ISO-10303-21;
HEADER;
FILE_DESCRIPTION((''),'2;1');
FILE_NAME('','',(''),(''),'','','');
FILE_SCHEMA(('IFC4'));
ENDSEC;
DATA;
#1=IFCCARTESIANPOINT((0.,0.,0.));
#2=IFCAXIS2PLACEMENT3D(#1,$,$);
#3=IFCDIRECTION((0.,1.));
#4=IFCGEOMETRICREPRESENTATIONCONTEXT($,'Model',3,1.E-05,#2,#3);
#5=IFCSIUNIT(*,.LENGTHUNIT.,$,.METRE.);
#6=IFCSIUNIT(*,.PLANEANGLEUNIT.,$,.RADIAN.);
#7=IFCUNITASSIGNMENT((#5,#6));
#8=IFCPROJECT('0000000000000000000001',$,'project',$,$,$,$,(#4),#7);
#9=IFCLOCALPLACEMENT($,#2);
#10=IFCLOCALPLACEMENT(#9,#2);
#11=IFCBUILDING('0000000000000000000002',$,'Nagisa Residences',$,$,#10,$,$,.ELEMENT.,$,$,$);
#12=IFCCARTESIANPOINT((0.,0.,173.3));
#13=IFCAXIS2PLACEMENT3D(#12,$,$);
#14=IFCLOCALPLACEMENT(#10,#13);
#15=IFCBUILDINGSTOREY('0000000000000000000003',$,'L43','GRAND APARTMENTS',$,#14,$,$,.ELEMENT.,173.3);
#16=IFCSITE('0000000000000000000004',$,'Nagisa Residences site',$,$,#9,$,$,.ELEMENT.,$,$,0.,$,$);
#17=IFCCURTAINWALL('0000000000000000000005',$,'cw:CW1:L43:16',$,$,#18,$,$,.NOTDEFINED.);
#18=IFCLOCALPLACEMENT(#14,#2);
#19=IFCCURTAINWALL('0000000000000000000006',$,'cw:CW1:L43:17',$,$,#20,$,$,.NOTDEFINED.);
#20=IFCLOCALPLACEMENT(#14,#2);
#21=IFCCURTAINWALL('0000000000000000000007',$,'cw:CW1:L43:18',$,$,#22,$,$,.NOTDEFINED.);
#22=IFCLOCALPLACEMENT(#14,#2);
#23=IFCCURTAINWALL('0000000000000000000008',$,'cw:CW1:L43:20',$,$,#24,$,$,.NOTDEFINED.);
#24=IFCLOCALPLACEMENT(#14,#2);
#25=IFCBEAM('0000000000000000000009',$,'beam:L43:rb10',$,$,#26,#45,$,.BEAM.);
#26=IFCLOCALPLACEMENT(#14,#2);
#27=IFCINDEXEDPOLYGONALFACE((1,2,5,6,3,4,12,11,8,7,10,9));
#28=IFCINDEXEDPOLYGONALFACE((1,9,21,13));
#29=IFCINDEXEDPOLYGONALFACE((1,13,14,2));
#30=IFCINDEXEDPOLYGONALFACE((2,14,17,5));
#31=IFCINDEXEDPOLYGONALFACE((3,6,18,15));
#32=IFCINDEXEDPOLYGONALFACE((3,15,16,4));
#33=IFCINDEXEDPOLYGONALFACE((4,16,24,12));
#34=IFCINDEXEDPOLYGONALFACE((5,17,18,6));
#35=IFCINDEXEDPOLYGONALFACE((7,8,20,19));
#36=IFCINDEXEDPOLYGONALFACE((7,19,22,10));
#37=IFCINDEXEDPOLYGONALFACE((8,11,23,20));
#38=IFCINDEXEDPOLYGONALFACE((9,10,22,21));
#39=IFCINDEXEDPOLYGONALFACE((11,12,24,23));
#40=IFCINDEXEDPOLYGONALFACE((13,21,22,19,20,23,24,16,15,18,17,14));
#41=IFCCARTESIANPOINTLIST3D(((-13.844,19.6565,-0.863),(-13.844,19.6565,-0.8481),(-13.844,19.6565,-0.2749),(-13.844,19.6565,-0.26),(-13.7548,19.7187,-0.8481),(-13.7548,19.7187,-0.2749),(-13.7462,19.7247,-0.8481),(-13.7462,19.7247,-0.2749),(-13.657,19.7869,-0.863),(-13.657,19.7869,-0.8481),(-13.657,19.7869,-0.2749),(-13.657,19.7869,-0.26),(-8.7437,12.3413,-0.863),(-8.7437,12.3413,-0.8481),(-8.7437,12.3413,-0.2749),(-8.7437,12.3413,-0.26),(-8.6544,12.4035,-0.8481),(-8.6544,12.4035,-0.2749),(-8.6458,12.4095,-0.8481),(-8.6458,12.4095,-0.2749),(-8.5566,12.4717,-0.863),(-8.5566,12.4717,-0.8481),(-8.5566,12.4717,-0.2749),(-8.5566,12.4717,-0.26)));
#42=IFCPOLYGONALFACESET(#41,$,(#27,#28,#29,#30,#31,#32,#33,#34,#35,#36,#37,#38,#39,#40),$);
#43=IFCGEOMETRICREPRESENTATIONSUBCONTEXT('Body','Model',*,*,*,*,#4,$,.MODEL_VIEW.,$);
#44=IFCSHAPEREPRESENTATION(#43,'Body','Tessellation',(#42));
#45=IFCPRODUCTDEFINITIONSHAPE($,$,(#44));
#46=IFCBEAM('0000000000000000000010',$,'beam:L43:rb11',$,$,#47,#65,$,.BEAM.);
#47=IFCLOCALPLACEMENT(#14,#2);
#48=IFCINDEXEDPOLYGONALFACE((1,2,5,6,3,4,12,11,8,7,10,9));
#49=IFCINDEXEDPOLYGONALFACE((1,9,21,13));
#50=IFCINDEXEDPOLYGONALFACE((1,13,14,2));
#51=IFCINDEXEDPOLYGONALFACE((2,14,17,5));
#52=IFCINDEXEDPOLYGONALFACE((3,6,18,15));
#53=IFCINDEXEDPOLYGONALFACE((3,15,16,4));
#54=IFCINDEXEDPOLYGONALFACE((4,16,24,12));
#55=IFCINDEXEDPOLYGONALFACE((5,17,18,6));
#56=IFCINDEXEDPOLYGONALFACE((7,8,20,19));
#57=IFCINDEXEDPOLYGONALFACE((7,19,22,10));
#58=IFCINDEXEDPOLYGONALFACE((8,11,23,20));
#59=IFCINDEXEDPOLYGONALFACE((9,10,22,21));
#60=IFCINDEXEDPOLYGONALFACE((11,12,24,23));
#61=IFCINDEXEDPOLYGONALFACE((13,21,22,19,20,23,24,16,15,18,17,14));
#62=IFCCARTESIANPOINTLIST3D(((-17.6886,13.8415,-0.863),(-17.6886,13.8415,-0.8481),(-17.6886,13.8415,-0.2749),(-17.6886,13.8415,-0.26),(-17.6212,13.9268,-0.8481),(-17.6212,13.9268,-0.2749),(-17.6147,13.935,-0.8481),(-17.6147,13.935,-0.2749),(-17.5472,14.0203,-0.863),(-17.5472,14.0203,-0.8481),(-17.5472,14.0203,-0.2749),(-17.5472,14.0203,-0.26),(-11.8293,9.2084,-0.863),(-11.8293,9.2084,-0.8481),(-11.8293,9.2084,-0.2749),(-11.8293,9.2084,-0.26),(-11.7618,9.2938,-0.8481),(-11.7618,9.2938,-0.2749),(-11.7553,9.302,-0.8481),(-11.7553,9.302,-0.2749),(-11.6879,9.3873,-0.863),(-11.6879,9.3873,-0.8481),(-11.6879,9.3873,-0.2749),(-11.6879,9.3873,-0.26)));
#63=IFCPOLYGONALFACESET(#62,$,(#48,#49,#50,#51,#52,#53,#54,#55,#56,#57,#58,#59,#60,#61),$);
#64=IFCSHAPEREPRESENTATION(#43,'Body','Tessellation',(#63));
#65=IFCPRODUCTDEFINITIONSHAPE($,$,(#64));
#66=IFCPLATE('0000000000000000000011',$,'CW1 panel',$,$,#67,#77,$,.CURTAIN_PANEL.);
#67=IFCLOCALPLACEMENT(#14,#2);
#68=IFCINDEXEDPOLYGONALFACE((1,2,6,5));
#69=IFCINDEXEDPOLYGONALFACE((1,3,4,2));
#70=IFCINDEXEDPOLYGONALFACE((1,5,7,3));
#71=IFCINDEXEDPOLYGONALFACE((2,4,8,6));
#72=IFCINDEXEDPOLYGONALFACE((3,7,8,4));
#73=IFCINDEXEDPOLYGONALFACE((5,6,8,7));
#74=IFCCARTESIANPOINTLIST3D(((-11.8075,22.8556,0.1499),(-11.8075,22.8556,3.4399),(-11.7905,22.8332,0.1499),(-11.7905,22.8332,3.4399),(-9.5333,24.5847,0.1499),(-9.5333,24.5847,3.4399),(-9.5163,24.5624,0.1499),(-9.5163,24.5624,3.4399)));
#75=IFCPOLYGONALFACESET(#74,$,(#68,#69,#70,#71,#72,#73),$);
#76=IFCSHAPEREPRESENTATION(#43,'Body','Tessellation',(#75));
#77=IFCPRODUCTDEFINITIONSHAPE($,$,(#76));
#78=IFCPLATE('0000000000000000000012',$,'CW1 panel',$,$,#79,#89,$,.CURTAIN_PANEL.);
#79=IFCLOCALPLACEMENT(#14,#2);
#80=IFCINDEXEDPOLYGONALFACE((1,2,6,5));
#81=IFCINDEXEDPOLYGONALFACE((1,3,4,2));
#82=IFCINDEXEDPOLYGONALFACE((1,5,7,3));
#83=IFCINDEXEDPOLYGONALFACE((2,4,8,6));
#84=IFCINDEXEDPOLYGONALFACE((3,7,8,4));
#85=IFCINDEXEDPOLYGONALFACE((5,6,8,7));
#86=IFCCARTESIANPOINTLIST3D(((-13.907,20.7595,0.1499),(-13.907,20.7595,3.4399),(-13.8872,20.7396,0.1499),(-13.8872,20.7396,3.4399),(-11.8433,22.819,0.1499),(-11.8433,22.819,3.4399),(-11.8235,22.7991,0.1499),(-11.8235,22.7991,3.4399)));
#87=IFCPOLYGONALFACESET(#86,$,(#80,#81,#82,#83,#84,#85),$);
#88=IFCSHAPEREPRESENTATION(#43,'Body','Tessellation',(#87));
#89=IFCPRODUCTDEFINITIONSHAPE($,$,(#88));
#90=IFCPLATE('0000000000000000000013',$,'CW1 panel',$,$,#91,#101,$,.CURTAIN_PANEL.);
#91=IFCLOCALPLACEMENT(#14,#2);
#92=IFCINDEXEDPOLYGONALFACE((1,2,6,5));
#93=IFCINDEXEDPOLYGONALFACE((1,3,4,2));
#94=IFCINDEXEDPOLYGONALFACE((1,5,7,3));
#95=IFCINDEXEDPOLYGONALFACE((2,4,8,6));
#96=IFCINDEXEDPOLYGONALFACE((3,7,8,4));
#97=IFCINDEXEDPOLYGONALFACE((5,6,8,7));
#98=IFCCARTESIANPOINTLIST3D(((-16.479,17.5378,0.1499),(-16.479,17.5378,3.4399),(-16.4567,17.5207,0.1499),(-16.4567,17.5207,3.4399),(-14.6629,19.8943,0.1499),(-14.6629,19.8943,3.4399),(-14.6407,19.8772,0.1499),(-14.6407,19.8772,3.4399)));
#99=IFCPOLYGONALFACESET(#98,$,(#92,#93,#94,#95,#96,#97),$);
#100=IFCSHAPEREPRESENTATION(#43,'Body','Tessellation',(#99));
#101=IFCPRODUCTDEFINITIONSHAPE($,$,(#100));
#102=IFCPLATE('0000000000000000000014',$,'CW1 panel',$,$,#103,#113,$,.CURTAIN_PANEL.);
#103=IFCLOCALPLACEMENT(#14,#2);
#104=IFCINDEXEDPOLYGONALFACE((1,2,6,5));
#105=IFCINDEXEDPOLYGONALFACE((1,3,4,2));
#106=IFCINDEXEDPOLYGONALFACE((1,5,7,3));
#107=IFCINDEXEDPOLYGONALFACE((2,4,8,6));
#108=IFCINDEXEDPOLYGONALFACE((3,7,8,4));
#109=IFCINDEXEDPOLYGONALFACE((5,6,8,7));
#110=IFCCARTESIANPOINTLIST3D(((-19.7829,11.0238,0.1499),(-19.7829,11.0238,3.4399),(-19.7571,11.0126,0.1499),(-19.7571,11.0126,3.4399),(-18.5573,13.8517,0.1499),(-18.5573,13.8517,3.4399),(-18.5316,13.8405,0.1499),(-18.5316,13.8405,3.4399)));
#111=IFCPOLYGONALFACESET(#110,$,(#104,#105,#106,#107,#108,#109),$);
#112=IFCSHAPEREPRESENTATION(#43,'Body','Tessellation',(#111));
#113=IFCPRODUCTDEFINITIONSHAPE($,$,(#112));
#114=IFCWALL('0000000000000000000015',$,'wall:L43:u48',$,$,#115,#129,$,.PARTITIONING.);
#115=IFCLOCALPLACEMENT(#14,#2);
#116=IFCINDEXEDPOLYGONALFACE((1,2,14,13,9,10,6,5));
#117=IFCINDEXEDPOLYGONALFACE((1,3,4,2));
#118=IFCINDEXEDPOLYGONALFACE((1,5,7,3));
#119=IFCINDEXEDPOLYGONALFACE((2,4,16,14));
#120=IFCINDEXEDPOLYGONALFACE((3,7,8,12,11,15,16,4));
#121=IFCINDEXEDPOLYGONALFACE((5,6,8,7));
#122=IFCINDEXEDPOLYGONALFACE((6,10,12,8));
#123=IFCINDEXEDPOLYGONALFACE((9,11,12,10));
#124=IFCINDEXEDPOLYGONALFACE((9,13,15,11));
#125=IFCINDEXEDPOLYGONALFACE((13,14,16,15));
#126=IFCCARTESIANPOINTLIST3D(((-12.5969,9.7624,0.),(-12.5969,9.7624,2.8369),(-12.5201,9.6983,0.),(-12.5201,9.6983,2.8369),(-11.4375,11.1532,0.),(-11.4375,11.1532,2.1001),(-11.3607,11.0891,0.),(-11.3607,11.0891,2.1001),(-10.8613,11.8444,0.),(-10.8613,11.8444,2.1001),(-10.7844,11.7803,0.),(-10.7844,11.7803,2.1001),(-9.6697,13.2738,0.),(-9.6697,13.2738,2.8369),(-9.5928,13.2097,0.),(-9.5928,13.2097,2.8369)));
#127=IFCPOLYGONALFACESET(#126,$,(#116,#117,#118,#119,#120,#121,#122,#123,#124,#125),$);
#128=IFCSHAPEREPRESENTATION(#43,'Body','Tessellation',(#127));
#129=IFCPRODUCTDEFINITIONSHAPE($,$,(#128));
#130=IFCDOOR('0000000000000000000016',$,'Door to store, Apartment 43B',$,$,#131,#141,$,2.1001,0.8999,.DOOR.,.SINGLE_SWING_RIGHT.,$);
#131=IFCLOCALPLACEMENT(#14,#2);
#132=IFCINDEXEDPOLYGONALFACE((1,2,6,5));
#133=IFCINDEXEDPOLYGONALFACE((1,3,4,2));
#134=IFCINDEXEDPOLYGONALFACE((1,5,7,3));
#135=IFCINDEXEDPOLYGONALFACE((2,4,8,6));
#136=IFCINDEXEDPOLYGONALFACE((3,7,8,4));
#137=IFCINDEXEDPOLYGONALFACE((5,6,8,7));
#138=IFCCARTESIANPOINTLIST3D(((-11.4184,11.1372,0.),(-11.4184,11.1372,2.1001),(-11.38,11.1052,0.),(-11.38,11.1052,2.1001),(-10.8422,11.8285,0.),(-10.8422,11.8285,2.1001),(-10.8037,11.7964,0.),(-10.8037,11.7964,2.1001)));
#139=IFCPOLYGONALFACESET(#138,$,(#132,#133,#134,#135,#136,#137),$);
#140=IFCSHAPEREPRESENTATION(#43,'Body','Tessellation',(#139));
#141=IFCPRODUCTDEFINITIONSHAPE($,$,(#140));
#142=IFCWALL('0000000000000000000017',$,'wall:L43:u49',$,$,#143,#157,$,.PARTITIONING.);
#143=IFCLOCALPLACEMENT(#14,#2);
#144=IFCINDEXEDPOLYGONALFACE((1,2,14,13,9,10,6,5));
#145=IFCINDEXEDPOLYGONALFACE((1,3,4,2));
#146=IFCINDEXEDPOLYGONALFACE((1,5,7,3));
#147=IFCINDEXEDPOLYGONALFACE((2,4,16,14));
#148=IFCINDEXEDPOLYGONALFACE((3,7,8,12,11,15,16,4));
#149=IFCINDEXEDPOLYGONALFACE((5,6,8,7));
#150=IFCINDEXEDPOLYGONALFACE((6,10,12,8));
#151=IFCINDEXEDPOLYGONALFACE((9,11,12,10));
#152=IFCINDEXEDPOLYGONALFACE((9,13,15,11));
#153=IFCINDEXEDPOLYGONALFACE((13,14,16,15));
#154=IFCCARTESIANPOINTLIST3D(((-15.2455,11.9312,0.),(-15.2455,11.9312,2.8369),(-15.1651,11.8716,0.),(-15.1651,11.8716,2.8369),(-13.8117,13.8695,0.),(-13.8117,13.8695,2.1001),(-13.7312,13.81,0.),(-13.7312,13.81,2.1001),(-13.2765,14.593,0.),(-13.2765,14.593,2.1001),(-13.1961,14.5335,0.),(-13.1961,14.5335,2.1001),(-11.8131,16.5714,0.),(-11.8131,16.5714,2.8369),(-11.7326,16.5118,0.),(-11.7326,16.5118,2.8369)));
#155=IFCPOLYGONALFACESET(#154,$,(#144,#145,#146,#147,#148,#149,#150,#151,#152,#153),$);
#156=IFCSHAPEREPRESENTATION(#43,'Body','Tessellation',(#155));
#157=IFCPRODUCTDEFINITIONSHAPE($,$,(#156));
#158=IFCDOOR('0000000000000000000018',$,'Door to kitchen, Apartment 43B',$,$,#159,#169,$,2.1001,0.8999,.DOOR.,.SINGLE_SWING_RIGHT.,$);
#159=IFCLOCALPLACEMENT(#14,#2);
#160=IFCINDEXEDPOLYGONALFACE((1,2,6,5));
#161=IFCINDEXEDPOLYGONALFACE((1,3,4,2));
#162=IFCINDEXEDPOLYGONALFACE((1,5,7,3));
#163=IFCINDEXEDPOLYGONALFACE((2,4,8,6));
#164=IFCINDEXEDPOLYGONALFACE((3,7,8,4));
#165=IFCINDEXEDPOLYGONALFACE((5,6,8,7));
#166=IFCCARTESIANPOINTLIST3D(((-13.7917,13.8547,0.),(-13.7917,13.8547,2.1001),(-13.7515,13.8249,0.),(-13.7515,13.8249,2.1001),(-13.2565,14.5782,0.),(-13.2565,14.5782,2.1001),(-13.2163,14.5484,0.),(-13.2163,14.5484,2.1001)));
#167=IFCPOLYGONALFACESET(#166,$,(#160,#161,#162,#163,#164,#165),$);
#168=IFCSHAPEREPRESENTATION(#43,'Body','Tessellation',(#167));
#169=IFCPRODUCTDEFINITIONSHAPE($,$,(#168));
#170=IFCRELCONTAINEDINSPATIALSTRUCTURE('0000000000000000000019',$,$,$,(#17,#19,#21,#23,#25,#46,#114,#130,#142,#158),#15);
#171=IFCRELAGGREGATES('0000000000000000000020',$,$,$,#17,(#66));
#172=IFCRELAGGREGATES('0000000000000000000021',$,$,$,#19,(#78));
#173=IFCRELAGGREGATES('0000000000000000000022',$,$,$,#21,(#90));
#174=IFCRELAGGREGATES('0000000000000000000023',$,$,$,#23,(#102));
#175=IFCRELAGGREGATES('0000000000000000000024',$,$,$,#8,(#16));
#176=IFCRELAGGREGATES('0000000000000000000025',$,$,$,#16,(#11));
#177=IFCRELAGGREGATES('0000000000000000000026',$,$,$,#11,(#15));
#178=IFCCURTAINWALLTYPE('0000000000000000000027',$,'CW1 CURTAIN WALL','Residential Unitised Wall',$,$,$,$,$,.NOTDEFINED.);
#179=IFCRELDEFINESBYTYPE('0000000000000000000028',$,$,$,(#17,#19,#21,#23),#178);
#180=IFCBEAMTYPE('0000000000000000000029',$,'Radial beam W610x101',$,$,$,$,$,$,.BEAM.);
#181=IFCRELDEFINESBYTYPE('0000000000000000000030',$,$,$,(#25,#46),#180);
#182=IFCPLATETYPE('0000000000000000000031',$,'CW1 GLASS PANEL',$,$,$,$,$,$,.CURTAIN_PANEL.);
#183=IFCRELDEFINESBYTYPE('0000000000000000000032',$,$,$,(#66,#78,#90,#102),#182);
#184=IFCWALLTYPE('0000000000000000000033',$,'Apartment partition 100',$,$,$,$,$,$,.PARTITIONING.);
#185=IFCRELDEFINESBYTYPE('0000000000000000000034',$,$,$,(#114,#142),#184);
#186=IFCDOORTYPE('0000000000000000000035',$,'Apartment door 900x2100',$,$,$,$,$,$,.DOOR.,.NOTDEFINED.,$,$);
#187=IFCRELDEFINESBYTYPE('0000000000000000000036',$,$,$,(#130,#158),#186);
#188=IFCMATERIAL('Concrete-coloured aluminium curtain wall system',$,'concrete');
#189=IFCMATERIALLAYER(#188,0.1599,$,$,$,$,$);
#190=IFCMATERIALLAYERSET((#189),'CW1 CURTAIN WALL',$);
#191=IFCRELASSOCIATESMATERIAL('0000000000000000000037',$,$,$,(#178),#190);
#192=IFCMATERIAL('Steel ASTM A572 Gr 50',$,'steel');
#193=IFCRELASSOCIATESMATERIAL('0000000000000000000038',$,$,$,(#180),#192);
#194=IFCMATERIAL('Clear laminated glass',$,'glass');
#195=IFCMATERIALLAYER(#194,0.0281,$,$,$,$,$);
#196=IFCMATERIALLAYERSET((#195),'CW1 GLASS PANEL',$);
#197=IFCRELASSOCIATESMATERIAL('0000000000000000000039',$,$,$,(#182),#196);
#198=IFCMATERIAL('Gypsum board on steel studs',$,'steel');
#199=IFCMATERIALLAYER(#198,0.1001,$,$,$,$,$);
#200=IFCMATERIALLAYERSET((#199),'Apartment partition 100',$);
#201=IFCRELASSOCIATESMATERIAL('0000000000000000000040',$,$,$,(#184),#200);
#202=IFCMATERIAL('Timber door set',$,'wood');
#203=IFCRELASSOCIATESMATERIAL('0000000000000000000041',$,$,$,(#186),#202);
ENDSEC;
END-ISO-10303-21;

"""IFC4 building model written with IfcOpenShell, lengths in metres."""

from ifc_helpers import new_model, si_unit, direction, frame, frame_2d, origin, origin_2d, place, context, subcontext, project, spatial, rectangle, i_section, extrude, material, layer, layer_set, material_profile, profile_set, type_object, element, fill, aggregate, save


model = new_model("IFC4")

# Units and contexts
model_context = context("Model", 3, precision=1e-05, world=origin(), true_north=direction((0.0, 1.0)))
body_context = subcontext(model_context, "Body", "Model", "MODEL_VIEW")
ifc_project = project(units=[si_unit("LENGTHUNIT", "METRE"), si_unit("PLANEANGLEUNIT", "RADIAN")], contexts=[model_context])

# Site, building, storey
site_placement = place(None, origin())
site = spatial("IfcSite", under=ifc_project, at=site_placement, Name="Nagisa Residences site", CompositionType="ELEMENT", RefElevation=0.0)
building_placement = place(site_placement, origin())
building = spatial("IfcBuilding", under=site, at=building_placement, Name="Nagisa Residences", CompositionType="ELEMENT")
storey_placement = place(building_placement, frame((0.0, 0.0, 173.3)))
storey = spatial("IfcBuildingStorey", under=building, at=storey_placement, Name="L43", Description="GRAND APARTMENTS", CompositionType="ELEMENT", Elevation=173.3)

# Curtain walls
ifc_material_1 = material(Name="Concrete-coloured aluminium curtain wall system", Category="concrete")
ifc_layer_1 = layer(ifc_material_1, 0.1599)
ifc_layer_set_1 = layer_set([ifc_layer_1], Name="CW1 CURTAIN WALL")
curtain_wall_type = type_object("IfcCurtainWallType", Name="CW1 CURTAIN WALL", Description="Residential Unitised Wall", PredefinedType="NOTDEFINED", material=ifc_layer_set_1)
curtain_wall_1_placement = place(storey_placement, origin())
curtain_wall_1 = element("IfcCurtainWall", 1, at=curtain_wall_1_placement, inside=storey, type_object=curtain_wall_type, Name="cw:CW1:L43:16", PredefinedType="NOTDEFINED")
curtain_wall_2_placement = place(storey_placement, origin())
curtain_wall_2 = element("IfcCurtainWall", 2, at=curtain_wall_2_placement, inside=storey, type_object=curtain_wall_type, Name="cw:CW1:L43:17", PredefinedType="NOTDEFINED")
curtain_wall_3_placement = place(storey_placement, origin())
curtain_wall_3 = element("IfcCurtainWall", 3, at=curtain_wall_3_placement, inside=storey, type_object=curtain_wall_type, Name="cw:CW1:L43:18", PredefinedType="NOTDEFINED")
curtain_wall_4_placement = place(storey_placement, origin())
curtain_wall_4 = element("IfcCurtainWall", 4, at=curtain_wall_4_placement, inside=storey, type_object=curtain_wall_type, Name="cw:CW1:L43:20", PredefinedType="NOTDEFINED")

# Beams
ifc_material_2 = material(Name="Steel ASTM A572 Gr 50", Category="steel")
ifc_material_profile_1 = material_profile(ifc_material_2, i_section(OverallWidth=0.228, OverallDepth=0.603, WebThickness=0.0105, FlangeThickness=0.0149, at=origin_2d()), Name="W610x101")
ifc_profile_set_1 = profile_set([ifc_material_profile_1], Name="Steel ASTM A572 Gr 50")
beam_type_1 = type_object("IfcBeamType", Name="Radial beam W610x101", PredefinedType="BEAM", material=ifc_profile_set_1)
beam_1_placement = place(storey_placement, frame((-13.7505, 19.7217, -0.5615), z_axis=(0.571934, -0.820299, 0.0), x_axis=(0.820299, 0.571934, 0.0)))
element("IfcBeam", 5, at=beam_1_placement, inside=storey, type_object=beam_type_1, Name="beam:L43:rb10", PredefinedType="BEAM", context=body_context, shape_type="SweptSolid", body=[
    extrude(i_section(OverallWidth=0.228, OverallDepth=0.603, WebThickness=0.0105, FlangeThickness=0.0149, at=origin_2d()), origin(), (0.0, 0.0, 1.0), 8.9177),
])
beam_2_placement = place(storey_placement, frame((-17.6179, 13.9309, -0.5615), z_axis=(0.784412, -0.620241, 0.0), x_axis=(0.620241, 0.784412, 0.0)))
element("IfcBeam", 6, at=beam_2_placement, inside=storey, type_object=beam_type_1, Name="beam:L43:rb11", PredefinedType="BEAM", context=body_context, shape_type="SweptSolid", body=[
    extrude(i_section(OverallWidth=0.228, OverallDepth=0.603, WebThickness=0.0105, FlangeThickness=0.0149, at=origin_2d()), origin(), (0.0, 0.0, 1.0), 7.4697),
])

# Plates
ifc_material_3 = material(Name="Clear laminated glass", Category="glass")
ifc_layer_2 = layer(ifc_material_3, 0.0281)
ifc_layer_set_2 = layer_set([ifc_layer_2], Name="CW1 GLASS PANEL")
plate_type = type_object("IfcPlateType", Name="CW1 GLASS PANEL", PredefinedType="CURTAIN_PANEL", material=ifc_layer_set_2)
plate_1_placement = place(storey_placement, frame((-10.6619, 23.709, 0.1499), z_axis=(0.0, 0.0, 1.0), x_axis=(-0.796031, -0.605255, 0.0)))
plate_1 = element("IfcPlate", 7, at=plate_1_placement, type_object=plate_type, Name="CW1 panel", PredefinedType="CURTAIN_PANEL", context=body_context, shape_type="SweptSolid", body=[
    extrude(rectangle(XDim=2.8569, YDim=0.0281, at=origin_2d()), origin(), (0.0, 0.0, 1.0), 3.29),
])
aggregate(curtain_wall_1, [plate_1])
plate_2_placement = place(storey_placement, frame((-12.8652, 21.7793, 0.1499), z_axis=(0.0, 0.0, 1.0), x_axis=(-0.707836, -0.706377, 0.0)))
plate_2 = element("IfcPlate", 8, at=plate_2_placement, type_object=plate_type, Name="CW1 panel", PredefinedType="CURTAIN_PANEL", context=body_context, shape_type="SweptSolid", body=[
    extrude(rectangle(XDim=2.9155, YDim=0.0281, at=origin_2d()), origin(), (0.0, 0.0, 1.0), 3.29),
])
aggregate(curtain_wall_2, [plate_2])
plate_3_placement = place(storey_placement, frame((-15.5598, 18.7075, 0.1499), z_axis=(0.0, 0.0, 1.0), x_axis=(-0.61043, -0.79207, 0.0)))
plate_3 = element("IfcPlate", 9, at=plate_3_placement, type_object=plate_type, Name="CW1 panel", PredefinedType="CURTAIN_PANEL", context=body_context, shape_type="SweptSolid", body=[
    extrude(rectangle(XDim=2.9751, YDim=0.0281, at=origin_2d()), origin(), (0.0, 0.0, 1.0), 3.29),
])
aggregate(curtain_wall_3, [plate_3])
plate_4_placement = place(storey_placement, frame((-19.1572, 12.4321, 0.1499), z_axis=(0.0, 0.0, 1.0), x_axis=(-0.397636, -0.917543, 0.0)))
plate_4 = element("IfcPlate", 10, at=plate_4_placement, type_object=plate_type, Name="CW1 panel", PredefinedType="CURTAIN_PANEL", context=body_context, shape_type="SweptSolid", body=[
    extrude(rectangle(XDim=3.082, YDim=0.0281, at=origin_2d()), origin(), (0.0, 0.0, 1.0), 3.29),
])
aggregate(curtain_wall_4, [plate_4])

# Walls, openings, doors
ifc_material_4 = material(Name="Gypsum board on steel studs", Category="steel")
ifc_layer_3 = layer(ifc_material_4, 0.1001)
ifc_layer_set_3 = layer_set([ifc_layer_3], Name="Apartment partition 100")
wall_type_1 = type_object("IfcWallType", Name="Apartment partition 100", PredefinedType="PARTITIONING", material=ifc_layer_set_3)
wall_1_placement = place(storey_placement, frame((-9.6313, 13.2417, 0.0), z_axis=(0.0, 0.0, 1.0), x_axis=(-0.640316, -0.768112, 0.0)))
wall_1 = element("IfcWall", 11, at=wall_1_placement, inside=storey, type_object=wall_type_1, Name="wall:L43:u48", PredefinedType="PARTITIONING", context=body_context, shape_type="SweptSolid", body=[
    extrude(rectangle(XDim=4.5715, YDim=0.1001, at=frame_2d((2.2856, 0.0))), origin(), (0.0, 0.0, 1.0), 2.8369),
])
opening_1_placement = place(wall_1_placement, frame((1.8608, 0.0, 0.0)))
opening_1 = element("IfcOpeningElement", 12, at=opening_1_placement, cuts=wall_1, PredefinedType="OPENING", context=body_context, shape_type="SweptSolid", body=[
    extrude(rectangle(XDim=0.8999, YDim=2.1001, at=frame_2d((0.45, 1.05))), frame((0.0, 0.0601, 0.0), z_axis=(0.0, -1.0, 0.0), x_axis=(1.0, 0.0, 0.0)), (0.0, 0.0, 1.0), 0.1201),
])
ifc_material_5 = material(Name="Timber door set", Category="wood")
door_type_1 = type_object("IfcDoorType", Name="Apartment door 900x2100", OperationType="NOTDEFINED", PredefinedType="DOOR", material=ifc_material_5)
door_1_placement = place(opening_1_placement, origin())
door_1 = element("IfcDoor", 13, at=door_1_placement, inside=storey, type_object=door_type_1, Name="Door to store, Apartment 43B", OperationType="SINGLE_SWING_RIGHT", OverallHeight=2.1001, OverallWidth=0.8999, PredefinedType="DOOR", context=body_context, shape_type="SweptSolid", body=[
    extrude(rectangle(XDim=0.8999, YDim=2.1001, at=frame_2d((0.45, 1.05))), frame((0.0, 0.0249, 0.0), z_axis=(0.0, -1.0, 0.0), x_axis=(1.0, 0.0, 0.0)), (0.0, 0.0, 1.0), 0.05),
])
fill(opening_1, door_1)
wall_2_placement = place(storey_placement, frame((-11.7729, 16.5415, 0.0), z_axis=(0.0, 0.0, 1.0), x_axis=(-0.594694, -0.803952, 0.0)))
wall_2 = element("IfcWall", 14, at=wall_2_placement, inside=storey, type_object=wall_type_1, Name="wall:L43:u49", PredefinedType="PARTITIONING", context=body_context, shape_type="SweptSolid", body=[
    extrude(rectangle(XDim=5.7717, YDim=0.1001, at=frame_2d((2.8857, 0.0))), origin(), (0.0, 0.0, 1.0), 2.8369),
])
opening_2_placement = place(wall_2_placement, frame((2.4607, 0.0, 0.0)))
opening_2 = element("IfcOpeningElement", 15, at=opening_2_placement, cuts=wall_2, PredefinedType="OPENING", context=body_context, shape_type="SweptSolid", body=[
    extrude(rectangle(XDim=0.8999, YDim=2.1001, at=frame_2d((0.45, 1.05))), frame((0.0, 0.0601, 0.0), z_axis=(0.0, -1.0, 0.0), x_axis=(1.0, 0.0, 0.0)), (0.0, 0.0, 1.0), 0.1201),
])
door_2_placement = place(opening_2_placement, origin())
door_2 = element("IfcDoor", 16, at=door_2_placement, inside=storey, type_object=door_type_1, Name="Door to kitchen, Apartment 43B", OperationType="SINGLE_SWING_RIGHT", OverallHeight=2.1001, OverallWidth=0.8999, PredefinedType="DOOR", context=body_context, shape_type="SweptSolid", body=[
    extrude(rectangle(XDim=0.8999, YDim=2.1001, at=frame_2d((0.45, 1.05))), frame((0.0, 0.0249, 0.0), z_axis=(0.0, -1.0, 0.0), x_axis=(1.0, 0.0, 0.0)), (0.0, 0.0, 1.0), 0.05),
])
fill(opening_2, door_2)

save(model, "model.ifc")
